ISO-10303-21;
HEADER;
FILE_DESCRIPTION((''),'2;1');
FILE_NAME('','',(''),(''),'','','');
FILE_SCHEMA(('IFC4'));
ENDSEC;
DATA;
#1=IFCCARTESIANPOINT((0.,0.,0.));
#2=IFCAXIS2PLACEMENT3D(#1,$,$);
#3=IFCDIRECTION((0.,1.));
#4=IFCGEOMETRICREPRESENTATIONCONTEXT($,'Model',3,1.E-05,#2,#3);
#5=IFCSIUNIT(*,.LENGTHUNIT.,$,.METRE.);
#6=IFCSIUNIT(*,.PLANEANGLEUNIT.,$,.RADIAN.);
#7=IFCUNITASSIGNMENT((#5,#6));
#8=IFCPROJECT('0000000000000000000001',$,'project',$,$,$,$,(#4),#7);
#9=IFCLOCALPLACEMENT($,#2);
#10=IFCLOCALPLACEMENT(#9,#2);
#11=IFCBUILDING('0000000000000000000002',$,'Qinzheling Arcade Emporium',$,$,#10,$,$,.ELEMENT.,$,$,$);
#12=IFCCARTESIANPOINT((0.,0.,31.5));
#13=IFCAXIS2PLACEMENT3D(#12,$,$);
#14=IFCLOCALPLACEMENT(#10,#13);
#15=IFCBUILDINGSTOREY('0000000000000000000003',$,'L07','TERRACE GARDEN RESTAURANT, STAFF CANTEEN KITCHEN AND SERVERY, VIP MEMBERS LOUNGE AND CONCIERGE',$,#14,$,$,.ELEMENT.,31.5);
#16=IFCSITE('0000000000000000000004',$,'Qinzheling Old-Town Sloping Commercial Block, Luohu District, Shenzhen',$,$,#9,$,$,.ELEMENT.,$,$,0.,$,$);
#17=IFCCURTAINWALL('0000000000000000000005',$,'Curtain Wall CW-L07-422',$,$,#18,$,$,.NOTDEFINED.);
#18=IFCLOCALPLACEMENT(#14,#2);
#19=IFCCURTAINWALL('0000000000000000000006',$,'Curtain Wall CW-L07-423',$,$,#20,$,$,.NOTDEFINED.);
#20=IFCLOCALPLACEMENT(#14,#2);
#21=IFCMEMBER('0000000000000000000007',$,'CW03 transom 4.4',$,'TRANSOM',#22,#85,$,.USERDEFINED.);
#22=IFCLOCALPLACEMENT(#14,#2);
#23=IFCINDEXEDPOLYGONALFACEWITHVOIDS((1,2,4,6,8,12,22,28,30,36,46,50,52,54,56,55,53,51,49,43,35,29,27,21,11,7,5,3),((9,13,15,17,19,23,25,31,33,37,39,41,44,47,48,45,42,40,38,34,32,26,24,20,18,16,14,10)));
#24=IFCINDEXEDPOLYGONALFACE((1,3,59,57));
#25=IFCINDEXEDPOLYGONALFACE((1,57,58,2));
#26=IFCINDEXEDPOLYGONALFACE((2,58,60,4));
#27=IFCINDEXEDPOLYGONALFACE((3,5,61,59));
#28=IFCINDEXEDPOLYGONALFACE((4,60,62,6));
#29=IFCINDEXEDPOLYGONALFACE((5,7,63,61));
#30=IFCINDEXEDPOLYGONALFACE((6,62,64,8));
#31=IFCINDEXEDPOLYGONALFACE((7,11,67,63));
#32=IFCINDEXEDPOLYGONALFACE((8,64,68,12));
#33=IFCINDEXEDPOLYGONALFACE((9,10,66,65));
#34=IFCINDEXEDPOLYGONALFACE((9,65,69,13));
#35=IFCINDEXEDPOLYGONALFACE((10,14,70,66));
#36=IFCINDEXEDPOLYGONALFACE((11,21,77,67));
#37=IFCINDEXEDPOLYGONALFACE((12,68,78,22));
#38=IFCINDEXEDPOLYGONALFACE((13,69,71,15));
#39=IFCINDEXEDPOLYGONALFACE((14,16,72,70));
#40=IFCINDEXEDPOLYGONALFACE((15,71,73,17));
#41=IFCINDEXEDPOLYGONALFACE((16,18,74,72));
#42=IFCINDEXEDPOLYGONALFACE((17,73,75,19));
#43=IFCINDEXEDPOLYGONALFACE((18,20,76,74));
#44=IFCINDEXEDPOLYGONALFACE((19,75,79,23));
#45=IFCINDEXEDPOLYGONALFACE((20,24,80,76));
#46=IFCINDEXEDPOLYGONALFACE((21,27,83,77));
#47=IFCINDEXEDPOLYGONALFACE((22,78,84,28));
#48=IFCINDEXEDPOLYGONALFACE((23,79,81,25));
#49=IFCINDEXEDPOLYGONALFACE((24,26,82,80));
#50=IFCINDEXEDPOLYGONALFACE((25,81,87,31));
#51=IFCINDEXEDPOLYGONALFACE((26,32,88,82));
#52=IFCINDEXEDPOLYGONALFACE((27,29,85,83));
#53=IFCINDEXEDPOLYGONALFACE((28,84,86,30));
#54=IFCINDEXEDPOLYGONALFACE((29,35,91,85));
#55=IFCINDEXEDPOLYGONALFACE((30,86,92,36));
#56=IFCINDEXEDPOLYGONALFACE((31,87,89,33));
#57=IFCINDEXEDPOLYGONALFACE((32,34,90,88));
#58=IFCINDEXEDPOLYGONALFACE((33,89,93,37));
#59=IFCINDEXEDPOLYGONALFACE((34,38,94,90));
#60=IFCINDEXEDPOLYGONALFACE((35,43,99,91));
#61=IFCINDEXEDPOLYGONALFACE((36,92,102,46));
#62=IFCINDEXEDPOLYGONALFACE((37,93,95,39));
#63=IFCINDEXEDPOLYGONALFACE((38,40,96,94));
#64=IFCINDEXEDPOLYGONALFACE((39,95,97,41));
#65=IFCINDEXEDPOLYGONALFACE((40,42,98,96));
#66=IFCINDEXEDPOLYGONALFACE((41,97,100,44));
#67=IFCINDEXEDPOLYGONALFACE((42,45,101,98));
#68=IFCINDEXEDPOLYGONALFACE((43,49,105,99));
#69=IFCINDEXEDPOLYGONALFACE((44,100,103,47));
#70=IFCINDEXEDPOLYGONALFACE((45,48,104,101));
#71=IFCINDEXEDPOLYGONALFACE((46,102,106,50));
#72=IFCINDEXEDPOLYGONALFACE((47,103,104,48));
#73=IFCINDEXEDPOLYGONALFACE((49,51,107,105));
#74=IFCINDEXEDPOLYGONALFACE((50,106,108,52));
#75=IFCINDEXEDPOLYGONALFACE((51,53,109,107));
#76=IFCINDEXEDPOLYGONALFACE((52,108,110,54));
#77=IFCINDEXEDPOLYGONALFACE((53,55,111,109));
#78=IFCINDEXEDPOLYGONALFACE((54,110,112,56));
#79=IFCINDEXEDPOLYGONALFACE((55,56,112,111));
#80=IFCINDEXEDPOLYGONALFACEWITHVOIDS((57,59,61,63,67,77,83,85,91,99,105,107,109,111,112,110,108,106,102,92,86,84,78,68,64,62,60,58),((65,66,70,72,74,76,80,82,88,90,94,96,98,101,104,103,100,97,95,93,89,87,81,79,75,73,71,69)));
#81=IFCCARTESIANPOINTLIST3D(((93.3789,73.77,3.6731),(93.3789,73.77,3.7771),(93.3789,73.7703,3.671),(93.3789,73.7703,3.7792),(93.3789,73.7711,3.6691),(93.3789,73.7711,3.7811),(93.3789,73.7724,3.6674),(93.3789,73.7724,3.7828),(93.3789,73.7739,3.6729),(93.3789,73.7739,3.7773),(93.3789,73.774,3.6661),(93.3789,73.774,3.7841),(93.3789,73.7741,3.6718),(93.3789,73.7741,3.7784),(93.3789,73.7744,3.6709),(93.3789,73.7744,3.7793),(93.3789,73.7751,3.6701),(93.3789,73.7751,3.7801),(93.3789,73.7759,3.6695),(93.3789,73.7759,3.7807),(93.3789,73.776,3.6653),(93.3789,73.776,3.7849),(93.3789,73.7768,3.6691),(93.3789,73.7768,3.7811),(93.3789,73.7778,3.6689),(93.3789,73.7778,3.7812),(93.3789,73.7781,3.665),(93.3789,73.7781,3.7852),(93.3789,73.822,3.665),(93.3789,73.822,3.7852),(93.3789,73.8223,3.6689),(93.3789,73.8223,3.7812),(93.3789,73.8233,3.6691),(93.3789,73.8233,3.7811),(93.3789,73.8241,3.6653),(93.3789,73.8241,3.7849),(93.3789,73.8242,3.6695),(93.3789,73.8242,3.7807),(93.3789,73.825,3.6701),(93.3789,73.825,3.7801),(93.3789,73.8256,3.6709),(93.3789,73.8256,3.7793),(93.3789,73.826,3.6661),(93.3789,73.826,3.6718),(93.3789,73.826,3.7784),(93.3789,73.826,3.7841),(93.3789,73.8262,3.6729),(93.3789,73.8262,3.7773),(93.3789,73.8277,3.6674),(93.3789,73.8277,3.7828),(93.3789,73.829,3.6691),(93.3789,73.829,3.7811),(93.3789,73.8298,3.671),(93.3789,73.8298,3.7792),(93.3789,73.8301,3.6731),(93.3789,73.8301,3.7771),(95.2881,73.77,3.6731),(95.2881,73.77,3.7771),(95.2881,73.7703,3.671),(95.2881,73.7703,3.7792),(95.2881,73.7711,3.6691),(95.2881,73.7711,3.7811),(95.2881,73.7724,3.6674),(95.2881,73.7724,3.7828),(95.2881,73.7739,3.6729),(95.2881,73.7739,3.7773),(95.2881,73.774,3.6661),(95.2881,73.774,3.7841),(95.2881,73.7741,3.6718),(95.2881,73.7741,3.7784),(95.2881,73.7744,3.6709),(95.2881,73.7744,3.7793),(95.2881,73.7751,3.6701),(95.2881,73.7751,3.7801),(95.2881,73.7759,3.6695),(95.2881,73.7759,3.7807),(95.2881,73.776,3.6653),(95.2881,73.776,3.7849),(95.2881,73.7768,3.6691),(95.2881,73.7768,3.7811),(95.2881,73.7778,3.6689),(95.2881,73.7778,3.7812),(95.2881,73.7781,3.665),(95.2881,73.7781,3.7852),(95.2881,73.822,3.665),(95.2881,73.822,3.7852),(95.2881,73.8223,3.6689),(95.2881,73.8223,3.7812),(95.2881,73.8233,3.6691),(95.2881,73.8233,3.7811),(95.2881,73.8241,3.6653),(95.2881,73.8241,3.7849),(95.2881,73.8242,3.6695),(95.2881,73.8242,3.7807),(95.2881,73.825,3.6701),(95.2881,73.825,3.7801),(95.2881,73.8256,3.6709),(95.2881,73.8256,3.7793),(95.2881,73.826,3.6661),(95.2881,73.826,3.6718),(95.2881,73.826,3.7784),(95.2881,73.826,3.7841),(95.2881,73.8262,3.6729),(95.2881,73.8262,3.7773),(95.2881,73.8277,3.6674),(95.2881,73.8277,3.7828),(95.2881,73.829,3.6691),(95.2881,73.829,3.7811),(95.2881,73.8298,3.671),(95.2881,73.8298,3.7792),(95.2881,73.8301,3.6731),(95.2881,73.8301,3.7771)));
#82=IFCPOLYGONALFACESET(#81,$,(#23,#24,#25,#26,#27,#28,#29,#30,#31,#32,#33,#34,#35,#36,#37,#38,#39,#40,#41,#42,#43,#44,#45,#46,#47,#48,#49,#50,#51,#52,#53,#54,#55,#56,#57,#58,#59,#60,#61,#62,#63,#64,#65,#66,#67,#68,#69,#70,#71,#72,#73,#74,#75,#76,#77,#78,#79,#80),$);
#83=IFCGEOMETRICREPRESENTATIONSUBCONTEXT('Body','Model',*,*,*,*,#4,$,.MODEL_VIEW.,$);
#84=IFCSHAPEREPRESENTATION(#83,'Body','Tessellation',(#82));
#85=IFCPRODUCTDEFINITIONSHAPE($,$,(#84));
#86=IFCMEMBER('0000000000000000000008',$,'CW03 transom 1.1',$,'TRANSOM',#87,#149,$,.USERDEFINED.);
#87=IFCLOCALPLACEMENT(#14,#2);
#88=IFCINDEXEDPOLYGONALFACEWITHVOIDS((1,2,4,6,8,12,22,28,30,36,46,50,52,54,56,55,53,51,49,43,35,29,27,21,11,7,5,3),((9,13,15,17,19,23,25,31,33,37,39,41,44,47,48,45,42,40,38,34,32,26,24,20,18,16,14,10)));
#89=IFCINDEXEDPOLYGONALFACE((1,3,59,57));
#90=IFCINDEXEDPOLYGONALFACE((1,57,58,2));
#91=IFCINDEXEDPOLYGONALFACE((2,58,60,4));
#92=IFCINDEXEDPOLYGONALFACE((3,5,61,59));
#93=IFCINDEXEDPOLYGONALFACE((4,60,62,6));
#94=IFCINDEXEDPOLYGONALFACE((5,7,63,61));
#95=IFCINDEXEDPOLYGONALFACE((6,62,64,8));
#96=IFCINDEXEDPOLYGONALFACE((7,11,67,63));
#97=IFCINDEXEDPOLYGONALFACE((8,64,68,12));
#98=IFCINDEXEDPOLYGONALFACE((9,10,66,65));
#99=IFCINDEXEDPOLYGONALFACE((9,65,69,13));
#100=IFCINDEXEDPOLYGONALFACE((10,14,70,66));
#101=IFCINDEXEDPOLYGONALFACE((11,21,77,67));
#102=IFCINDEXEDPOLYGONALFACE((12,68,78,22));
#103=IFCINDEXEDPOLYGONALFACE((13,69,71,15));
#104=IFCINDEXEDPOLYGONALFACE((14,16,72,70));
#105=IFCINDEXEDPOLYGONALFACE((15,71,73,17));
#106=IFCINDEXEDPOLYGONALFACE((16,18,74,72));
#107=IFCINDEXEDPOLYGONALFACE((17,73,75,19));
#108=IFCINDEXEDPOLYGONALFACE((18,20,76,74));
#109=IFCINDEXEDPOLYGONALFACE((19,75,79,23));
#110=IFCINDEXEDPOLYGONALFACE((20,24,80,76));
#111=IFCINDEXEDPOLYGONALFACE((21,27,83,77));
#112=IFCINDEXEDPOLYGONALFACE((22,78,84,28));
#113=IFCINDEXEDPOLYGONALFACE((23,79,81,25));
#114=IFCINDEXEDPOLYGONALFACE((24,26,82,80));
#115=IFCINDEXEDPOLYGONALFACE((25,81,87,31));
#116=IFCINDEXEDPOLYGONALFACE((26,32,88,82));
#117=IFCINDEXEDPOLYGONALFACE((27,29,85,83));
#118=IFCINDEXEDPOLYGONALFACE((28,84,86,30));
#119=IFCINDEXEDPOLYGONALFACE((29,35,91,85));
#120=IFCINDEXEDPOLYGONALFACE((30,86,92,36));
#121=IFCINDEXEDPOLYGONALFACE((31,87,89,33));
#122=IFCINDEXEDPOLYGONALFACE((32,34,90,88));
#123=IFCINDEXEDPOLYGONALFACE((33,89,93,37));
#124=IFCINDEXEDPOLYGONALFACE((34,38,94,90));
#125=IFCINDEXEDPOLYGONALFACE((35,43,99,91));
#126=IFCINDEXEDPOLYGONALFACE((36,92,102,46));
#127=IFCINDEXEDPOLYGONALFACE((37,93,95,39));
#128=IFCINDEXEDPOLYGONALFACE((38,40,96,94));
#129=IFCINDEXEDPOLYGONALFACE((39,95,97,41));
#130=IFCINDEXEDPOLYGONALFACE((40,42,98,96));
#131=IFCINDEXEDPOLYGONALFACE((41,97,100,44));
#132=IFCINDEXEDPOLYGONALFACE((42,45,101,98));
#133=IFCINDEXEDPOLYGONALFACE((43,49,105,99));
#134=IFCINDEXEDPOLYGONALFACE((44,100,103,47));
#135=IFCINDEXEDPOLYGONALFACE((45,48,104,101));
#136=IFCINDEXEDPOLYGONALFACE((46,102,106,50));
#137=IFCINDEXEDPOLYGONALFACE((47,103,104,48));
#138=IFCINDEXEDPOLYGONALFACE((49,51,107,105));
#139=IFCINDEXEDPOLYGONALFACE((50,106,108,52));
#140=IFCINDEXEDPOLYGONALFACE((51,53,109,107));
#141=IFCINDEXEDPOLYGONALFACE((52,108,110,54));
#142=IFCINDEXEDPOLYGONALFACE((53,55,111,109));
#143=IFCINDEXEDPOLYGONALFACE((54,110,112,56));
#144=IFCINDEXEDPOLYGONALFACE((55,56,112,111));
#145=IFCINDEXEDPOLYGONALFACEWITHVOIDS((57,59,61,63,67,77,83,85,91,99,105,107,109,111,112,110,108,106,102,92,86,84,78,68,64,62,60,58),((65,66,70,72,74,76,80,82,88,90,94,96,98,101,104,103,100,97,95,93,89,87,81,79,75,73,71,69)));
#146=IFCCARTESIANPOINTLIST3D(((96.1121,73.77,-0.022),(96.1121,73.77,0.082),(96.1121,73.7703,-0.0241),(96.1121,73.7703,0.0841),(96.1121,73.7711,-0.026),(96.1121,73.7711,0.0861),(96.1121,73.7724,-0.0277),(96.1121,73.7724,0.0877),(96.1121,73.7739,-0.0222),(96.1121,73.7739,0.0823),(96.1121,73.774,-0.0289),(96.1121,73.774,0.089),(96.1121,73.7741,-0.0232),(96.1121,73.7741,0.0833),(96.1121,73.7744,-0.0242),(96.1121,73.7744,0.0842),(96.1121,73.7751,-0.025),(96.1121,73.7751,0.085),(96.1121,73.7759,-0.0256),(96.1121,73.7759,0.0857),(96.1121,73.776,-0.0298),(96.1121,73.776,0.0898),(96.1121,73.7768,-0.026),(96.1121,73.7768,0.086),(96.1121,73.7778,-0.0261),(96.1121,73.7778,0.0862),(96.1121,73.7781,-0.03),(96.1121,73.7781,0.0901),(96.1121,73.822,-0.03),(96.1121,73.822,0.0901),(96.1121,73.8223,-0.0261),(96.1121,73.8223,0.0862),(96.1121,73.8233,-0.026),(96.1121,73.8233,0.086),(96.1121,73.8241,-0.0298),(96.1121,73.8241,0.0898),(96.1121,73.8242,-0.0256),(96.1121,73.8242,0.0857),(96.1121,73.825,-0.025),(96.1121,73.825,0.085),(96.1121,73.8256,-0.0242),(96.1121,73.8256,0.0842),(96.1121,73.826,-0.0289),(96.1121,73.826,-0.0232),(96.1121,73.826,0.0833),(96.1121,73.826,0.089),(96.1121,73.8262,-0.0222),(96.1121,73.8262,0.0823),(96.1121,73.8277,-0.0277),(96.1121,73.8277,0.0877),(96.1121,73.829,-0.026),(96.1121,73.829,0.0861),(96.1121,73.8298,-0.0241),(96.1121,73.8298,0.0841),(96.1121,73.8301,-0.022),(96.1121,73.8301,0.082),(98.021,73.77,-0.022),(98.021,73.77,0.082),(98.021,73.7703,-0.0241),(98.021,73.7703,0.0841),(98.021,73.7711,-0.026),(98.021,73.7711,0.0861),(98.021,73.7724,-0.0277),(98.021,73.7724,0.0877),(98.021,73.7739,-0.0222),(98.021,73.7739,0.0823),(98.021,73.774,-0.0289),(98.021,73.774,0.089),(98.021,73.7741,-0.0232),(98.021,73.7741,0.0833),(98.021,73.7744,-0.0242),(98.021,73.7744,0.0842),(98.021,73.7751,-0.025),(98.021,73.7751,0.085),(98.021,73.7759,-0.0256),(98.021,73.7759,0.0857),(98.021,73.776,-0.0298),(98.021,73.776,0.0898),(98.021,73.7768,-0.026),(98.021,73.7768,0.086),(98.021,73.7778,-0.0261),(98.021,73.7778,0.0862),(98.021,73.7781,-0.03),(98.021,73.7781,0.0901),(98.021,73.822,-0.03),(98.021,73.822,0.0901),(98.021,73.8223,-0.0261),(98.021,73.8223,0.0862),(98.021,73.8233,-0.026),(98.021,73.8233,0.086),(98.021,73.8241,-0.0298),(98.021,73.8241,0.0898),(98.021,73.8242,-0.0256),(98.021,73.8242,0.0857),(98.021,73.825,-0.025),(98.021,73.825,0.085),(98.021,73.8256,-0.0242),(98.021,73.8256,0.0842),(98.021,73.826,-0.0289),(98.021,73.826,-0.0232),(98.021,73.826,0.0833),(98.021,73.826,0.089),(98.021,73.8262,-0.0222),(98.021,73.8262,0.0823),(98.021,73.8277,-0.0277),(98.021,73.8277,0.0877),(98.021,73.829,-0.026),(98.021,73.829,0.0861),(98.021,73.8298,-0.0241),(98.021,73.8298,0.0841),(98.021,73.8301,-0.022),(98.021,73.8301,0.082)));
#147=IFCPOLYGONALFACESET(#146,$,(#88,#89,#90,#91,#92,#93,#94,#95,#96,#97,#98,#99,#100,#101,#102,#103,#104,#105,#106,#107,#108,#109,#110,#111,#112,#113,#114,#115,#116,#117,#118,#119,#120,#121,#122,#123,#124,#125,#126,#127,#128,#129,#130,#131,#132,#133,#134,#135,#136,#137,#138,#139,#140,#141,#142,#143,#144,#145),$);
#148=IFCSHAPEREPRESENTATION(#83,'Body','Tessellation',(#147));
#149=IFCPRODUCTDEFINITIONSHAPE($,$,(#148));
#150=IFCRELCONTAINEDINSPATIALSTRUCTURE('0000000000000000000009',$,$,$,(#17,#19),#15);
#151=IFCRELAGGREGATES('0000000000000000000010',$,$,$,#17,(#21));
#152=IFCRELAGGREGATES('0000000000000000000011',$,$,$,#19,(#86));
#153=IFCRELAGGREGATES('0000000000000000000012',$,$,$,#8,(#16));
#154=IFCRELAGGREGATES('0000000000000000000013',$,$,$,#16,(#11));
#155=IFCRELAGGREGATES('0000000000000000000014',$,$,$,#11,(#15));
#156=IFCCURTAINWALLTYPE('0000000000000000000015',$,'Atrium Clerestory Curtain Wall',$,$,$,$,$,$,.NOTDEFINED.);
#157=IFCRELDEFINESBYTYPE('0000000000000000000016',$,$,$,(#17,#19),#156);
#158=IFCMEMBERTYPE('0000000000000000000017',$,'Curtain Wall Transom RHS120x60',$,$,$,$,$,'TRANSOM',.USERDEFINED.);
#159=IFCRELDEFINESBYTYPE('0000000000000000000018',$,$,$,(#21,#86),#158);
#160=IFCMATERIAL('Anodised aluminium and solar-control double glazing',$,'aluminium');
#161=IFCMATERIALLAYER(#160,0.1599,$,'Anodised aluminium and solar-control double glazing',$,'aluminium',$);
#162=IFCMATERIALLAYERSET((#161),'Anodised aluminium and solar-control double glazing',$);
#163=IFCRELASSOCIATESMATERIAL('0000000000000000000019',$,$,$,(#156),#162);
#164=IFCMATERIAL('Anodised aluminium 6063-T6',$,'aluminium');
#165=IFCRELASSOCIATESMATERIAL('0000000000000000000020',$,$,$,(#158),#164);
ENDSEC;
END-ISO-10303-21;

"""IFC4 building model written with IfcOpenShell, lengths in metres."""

from ifc_helpers import new_model, si_unit, direction, frame, origin, origin_2d, place, context, subcontext, project, spatial, hollow_rectangle, extrude, material, layer, layer_set, material_profile, profile_set, type_object, element, aggregate, save


model = new_model("IFC4")

# Units and contexts
model_context = context("Model", 3, precision=1e-05, world=origin(), true_north=direction((0.0, 1.0)))
body_context = subcontext(model_context, "Body", "Model", "MODEL_VIEW")
ifc_project = project(units=[si_unit("LENGTHUNIT", "METRE"), si_unit("PLANEANGLEUNIT", "RADIAN")], contexts=[model_context])

# Site, building, storey
site_placement = place(None, origin())
site = spatial("IfcSite", under=ifc_project, at=site_placement, Name="Qinzheling Old-Town Sloping Commercial Block, Luohu District, Shenzhen", CompositionType="ELEMENT", RefElevation=0.0)
building_placement = place(site_placement, origin())
building = spatial("IfcBuilding", under=site, at=building_placement, Name="Qinzheling Arcade Emporium", CompositionType="ELEMENT")
storey_placement = place(building_placement, frame((0.0, 0.0, 31.5)))
storey = spatial("IfcBuildingStorey", under=building, at=storey_placement, Name="L07", Description="TERRACE GARDEN RESTAURANT, STAFF CANTEEN KITCHEN AND SERVERY, VIP MEMBERS LOUNGE AND CONCIERGE", CompositionType="ELEMENT", Elevation=31.5)

# Curtain wall
ifc_material_1 = material(Name="Anodised aluminium and solar-control double glazing", Category="aluminium")
ifc_layer_1 = layer(ifc_material_1, 0.1599, Name="Anodised aluminium and solar-control double glazing", Category="aluminium")
ifc_layer_set_1 = layer_set([ifc_layer_1], Name="Anodised aluminium and solar-control double glazing")
curtain_wall_type = type_object("IfcCurtainWallType", Name="Atrium Clerestory Curtain Wall", PredefinedType="NOTDEFINED", material=ifc_layer_set_1)
curtain_wall_1_placement = place(storey_placement, origin())
curtain_wall_1 = element("IfcCurtainWall", 1, at=curtain_wall_1_placement, inside=storey, type_object=curtain_wall_type, Name="Curtain Wall CW-L07-422", PredefinedType="NOTDEFINED")
ifc_material_2 = material(Name="Anodised aluminium 6063-T6", Category="aluminium")

# Curtain wall
curtain_wall_2_placement = place(storey_placement, origin())
curtain_wall_2 = element("IfcCurtainWall", 2, at=curtain_wall_2_placement, inside=storey, type_object=curtain_wall_type, Name="Curtain Wall CW-L07-423", PredefinedType="NOTDEFINED")

# Members
ifc_material_profile_1 = material_profile(ifc_material_2, hollow_rectangle(XDim=0.0601, YDim=0.1201, WallThickness=0.0039, InnerFilletRadius=0.0039, OuterFilletRadius=0.0081, at=origin_2d()), Name="RHS 120x60x4", Category="aluminium")
ifc_profile_set_1 = profile_set([ifc_material_profile_1], Name="Anodised aluminium 6063-T6")
member_type_1 = type_object("IfcMemberType", Name="Curtain Wall Transom RHS120x60", ElementType="TRANSOM", PredefinedType="USERDEFINED", material=ifc_profile_set_1)
member_1_placement = place(storey_placement, frame((93.3789, 73.8, 3.7251), z_axis=(1.0, 0.0, 0.0), x_axis=(0.0, 1.0, 0.0)))
member_1 = element("IfcMember", 3, at=member_1_placement, type_object=member_type_1, Name="CW03 transom 4.4", ObjectType="TRANSOM", PredefinedType="USERDEFINED", context=body_context, shape_type="SweptSolid", body=[
    extrude(hollow_rectangle(XDim=0.0601, YDim=0.1201, WallThickness=0.0039, InnerFilletRadius=0.0039, OuterFilletRadius=0.0081, at=origin_2d()), origin(), (0.0, 0.0, 1.0), 1.9092),
])
member_2_placement = place(storey_placement, frame((96.1121, 73.8, 0.03), z_axis=(1.0, 0.0, 0.0), x_axis=(0.0, 1.0, 0.0)))
member_2 = element("IfcMember", 4, at=member_2_placement, type_object=member_type_1, Name="CW03 transom 1.1", ObjectType="TRANSOM", PredefinedType="USERDEFINED", context=body_context, shape_type="SweptSolid", body=[
    extrude(hollow_rectangle(XDim=0.0601, YDim=0.1201, WallThickness=0.0039, InnerFilletRadius=0.0039, OuterFilletRadius=0.0081, at=origin_2d()), origin(), (0.0, 0.0, 1.0), 1.9089),
])

aggregate(curtain_wall_1, [member_1])
aggregate(curtain_wall_2, [member_2])

save(model, "model.ifc")
